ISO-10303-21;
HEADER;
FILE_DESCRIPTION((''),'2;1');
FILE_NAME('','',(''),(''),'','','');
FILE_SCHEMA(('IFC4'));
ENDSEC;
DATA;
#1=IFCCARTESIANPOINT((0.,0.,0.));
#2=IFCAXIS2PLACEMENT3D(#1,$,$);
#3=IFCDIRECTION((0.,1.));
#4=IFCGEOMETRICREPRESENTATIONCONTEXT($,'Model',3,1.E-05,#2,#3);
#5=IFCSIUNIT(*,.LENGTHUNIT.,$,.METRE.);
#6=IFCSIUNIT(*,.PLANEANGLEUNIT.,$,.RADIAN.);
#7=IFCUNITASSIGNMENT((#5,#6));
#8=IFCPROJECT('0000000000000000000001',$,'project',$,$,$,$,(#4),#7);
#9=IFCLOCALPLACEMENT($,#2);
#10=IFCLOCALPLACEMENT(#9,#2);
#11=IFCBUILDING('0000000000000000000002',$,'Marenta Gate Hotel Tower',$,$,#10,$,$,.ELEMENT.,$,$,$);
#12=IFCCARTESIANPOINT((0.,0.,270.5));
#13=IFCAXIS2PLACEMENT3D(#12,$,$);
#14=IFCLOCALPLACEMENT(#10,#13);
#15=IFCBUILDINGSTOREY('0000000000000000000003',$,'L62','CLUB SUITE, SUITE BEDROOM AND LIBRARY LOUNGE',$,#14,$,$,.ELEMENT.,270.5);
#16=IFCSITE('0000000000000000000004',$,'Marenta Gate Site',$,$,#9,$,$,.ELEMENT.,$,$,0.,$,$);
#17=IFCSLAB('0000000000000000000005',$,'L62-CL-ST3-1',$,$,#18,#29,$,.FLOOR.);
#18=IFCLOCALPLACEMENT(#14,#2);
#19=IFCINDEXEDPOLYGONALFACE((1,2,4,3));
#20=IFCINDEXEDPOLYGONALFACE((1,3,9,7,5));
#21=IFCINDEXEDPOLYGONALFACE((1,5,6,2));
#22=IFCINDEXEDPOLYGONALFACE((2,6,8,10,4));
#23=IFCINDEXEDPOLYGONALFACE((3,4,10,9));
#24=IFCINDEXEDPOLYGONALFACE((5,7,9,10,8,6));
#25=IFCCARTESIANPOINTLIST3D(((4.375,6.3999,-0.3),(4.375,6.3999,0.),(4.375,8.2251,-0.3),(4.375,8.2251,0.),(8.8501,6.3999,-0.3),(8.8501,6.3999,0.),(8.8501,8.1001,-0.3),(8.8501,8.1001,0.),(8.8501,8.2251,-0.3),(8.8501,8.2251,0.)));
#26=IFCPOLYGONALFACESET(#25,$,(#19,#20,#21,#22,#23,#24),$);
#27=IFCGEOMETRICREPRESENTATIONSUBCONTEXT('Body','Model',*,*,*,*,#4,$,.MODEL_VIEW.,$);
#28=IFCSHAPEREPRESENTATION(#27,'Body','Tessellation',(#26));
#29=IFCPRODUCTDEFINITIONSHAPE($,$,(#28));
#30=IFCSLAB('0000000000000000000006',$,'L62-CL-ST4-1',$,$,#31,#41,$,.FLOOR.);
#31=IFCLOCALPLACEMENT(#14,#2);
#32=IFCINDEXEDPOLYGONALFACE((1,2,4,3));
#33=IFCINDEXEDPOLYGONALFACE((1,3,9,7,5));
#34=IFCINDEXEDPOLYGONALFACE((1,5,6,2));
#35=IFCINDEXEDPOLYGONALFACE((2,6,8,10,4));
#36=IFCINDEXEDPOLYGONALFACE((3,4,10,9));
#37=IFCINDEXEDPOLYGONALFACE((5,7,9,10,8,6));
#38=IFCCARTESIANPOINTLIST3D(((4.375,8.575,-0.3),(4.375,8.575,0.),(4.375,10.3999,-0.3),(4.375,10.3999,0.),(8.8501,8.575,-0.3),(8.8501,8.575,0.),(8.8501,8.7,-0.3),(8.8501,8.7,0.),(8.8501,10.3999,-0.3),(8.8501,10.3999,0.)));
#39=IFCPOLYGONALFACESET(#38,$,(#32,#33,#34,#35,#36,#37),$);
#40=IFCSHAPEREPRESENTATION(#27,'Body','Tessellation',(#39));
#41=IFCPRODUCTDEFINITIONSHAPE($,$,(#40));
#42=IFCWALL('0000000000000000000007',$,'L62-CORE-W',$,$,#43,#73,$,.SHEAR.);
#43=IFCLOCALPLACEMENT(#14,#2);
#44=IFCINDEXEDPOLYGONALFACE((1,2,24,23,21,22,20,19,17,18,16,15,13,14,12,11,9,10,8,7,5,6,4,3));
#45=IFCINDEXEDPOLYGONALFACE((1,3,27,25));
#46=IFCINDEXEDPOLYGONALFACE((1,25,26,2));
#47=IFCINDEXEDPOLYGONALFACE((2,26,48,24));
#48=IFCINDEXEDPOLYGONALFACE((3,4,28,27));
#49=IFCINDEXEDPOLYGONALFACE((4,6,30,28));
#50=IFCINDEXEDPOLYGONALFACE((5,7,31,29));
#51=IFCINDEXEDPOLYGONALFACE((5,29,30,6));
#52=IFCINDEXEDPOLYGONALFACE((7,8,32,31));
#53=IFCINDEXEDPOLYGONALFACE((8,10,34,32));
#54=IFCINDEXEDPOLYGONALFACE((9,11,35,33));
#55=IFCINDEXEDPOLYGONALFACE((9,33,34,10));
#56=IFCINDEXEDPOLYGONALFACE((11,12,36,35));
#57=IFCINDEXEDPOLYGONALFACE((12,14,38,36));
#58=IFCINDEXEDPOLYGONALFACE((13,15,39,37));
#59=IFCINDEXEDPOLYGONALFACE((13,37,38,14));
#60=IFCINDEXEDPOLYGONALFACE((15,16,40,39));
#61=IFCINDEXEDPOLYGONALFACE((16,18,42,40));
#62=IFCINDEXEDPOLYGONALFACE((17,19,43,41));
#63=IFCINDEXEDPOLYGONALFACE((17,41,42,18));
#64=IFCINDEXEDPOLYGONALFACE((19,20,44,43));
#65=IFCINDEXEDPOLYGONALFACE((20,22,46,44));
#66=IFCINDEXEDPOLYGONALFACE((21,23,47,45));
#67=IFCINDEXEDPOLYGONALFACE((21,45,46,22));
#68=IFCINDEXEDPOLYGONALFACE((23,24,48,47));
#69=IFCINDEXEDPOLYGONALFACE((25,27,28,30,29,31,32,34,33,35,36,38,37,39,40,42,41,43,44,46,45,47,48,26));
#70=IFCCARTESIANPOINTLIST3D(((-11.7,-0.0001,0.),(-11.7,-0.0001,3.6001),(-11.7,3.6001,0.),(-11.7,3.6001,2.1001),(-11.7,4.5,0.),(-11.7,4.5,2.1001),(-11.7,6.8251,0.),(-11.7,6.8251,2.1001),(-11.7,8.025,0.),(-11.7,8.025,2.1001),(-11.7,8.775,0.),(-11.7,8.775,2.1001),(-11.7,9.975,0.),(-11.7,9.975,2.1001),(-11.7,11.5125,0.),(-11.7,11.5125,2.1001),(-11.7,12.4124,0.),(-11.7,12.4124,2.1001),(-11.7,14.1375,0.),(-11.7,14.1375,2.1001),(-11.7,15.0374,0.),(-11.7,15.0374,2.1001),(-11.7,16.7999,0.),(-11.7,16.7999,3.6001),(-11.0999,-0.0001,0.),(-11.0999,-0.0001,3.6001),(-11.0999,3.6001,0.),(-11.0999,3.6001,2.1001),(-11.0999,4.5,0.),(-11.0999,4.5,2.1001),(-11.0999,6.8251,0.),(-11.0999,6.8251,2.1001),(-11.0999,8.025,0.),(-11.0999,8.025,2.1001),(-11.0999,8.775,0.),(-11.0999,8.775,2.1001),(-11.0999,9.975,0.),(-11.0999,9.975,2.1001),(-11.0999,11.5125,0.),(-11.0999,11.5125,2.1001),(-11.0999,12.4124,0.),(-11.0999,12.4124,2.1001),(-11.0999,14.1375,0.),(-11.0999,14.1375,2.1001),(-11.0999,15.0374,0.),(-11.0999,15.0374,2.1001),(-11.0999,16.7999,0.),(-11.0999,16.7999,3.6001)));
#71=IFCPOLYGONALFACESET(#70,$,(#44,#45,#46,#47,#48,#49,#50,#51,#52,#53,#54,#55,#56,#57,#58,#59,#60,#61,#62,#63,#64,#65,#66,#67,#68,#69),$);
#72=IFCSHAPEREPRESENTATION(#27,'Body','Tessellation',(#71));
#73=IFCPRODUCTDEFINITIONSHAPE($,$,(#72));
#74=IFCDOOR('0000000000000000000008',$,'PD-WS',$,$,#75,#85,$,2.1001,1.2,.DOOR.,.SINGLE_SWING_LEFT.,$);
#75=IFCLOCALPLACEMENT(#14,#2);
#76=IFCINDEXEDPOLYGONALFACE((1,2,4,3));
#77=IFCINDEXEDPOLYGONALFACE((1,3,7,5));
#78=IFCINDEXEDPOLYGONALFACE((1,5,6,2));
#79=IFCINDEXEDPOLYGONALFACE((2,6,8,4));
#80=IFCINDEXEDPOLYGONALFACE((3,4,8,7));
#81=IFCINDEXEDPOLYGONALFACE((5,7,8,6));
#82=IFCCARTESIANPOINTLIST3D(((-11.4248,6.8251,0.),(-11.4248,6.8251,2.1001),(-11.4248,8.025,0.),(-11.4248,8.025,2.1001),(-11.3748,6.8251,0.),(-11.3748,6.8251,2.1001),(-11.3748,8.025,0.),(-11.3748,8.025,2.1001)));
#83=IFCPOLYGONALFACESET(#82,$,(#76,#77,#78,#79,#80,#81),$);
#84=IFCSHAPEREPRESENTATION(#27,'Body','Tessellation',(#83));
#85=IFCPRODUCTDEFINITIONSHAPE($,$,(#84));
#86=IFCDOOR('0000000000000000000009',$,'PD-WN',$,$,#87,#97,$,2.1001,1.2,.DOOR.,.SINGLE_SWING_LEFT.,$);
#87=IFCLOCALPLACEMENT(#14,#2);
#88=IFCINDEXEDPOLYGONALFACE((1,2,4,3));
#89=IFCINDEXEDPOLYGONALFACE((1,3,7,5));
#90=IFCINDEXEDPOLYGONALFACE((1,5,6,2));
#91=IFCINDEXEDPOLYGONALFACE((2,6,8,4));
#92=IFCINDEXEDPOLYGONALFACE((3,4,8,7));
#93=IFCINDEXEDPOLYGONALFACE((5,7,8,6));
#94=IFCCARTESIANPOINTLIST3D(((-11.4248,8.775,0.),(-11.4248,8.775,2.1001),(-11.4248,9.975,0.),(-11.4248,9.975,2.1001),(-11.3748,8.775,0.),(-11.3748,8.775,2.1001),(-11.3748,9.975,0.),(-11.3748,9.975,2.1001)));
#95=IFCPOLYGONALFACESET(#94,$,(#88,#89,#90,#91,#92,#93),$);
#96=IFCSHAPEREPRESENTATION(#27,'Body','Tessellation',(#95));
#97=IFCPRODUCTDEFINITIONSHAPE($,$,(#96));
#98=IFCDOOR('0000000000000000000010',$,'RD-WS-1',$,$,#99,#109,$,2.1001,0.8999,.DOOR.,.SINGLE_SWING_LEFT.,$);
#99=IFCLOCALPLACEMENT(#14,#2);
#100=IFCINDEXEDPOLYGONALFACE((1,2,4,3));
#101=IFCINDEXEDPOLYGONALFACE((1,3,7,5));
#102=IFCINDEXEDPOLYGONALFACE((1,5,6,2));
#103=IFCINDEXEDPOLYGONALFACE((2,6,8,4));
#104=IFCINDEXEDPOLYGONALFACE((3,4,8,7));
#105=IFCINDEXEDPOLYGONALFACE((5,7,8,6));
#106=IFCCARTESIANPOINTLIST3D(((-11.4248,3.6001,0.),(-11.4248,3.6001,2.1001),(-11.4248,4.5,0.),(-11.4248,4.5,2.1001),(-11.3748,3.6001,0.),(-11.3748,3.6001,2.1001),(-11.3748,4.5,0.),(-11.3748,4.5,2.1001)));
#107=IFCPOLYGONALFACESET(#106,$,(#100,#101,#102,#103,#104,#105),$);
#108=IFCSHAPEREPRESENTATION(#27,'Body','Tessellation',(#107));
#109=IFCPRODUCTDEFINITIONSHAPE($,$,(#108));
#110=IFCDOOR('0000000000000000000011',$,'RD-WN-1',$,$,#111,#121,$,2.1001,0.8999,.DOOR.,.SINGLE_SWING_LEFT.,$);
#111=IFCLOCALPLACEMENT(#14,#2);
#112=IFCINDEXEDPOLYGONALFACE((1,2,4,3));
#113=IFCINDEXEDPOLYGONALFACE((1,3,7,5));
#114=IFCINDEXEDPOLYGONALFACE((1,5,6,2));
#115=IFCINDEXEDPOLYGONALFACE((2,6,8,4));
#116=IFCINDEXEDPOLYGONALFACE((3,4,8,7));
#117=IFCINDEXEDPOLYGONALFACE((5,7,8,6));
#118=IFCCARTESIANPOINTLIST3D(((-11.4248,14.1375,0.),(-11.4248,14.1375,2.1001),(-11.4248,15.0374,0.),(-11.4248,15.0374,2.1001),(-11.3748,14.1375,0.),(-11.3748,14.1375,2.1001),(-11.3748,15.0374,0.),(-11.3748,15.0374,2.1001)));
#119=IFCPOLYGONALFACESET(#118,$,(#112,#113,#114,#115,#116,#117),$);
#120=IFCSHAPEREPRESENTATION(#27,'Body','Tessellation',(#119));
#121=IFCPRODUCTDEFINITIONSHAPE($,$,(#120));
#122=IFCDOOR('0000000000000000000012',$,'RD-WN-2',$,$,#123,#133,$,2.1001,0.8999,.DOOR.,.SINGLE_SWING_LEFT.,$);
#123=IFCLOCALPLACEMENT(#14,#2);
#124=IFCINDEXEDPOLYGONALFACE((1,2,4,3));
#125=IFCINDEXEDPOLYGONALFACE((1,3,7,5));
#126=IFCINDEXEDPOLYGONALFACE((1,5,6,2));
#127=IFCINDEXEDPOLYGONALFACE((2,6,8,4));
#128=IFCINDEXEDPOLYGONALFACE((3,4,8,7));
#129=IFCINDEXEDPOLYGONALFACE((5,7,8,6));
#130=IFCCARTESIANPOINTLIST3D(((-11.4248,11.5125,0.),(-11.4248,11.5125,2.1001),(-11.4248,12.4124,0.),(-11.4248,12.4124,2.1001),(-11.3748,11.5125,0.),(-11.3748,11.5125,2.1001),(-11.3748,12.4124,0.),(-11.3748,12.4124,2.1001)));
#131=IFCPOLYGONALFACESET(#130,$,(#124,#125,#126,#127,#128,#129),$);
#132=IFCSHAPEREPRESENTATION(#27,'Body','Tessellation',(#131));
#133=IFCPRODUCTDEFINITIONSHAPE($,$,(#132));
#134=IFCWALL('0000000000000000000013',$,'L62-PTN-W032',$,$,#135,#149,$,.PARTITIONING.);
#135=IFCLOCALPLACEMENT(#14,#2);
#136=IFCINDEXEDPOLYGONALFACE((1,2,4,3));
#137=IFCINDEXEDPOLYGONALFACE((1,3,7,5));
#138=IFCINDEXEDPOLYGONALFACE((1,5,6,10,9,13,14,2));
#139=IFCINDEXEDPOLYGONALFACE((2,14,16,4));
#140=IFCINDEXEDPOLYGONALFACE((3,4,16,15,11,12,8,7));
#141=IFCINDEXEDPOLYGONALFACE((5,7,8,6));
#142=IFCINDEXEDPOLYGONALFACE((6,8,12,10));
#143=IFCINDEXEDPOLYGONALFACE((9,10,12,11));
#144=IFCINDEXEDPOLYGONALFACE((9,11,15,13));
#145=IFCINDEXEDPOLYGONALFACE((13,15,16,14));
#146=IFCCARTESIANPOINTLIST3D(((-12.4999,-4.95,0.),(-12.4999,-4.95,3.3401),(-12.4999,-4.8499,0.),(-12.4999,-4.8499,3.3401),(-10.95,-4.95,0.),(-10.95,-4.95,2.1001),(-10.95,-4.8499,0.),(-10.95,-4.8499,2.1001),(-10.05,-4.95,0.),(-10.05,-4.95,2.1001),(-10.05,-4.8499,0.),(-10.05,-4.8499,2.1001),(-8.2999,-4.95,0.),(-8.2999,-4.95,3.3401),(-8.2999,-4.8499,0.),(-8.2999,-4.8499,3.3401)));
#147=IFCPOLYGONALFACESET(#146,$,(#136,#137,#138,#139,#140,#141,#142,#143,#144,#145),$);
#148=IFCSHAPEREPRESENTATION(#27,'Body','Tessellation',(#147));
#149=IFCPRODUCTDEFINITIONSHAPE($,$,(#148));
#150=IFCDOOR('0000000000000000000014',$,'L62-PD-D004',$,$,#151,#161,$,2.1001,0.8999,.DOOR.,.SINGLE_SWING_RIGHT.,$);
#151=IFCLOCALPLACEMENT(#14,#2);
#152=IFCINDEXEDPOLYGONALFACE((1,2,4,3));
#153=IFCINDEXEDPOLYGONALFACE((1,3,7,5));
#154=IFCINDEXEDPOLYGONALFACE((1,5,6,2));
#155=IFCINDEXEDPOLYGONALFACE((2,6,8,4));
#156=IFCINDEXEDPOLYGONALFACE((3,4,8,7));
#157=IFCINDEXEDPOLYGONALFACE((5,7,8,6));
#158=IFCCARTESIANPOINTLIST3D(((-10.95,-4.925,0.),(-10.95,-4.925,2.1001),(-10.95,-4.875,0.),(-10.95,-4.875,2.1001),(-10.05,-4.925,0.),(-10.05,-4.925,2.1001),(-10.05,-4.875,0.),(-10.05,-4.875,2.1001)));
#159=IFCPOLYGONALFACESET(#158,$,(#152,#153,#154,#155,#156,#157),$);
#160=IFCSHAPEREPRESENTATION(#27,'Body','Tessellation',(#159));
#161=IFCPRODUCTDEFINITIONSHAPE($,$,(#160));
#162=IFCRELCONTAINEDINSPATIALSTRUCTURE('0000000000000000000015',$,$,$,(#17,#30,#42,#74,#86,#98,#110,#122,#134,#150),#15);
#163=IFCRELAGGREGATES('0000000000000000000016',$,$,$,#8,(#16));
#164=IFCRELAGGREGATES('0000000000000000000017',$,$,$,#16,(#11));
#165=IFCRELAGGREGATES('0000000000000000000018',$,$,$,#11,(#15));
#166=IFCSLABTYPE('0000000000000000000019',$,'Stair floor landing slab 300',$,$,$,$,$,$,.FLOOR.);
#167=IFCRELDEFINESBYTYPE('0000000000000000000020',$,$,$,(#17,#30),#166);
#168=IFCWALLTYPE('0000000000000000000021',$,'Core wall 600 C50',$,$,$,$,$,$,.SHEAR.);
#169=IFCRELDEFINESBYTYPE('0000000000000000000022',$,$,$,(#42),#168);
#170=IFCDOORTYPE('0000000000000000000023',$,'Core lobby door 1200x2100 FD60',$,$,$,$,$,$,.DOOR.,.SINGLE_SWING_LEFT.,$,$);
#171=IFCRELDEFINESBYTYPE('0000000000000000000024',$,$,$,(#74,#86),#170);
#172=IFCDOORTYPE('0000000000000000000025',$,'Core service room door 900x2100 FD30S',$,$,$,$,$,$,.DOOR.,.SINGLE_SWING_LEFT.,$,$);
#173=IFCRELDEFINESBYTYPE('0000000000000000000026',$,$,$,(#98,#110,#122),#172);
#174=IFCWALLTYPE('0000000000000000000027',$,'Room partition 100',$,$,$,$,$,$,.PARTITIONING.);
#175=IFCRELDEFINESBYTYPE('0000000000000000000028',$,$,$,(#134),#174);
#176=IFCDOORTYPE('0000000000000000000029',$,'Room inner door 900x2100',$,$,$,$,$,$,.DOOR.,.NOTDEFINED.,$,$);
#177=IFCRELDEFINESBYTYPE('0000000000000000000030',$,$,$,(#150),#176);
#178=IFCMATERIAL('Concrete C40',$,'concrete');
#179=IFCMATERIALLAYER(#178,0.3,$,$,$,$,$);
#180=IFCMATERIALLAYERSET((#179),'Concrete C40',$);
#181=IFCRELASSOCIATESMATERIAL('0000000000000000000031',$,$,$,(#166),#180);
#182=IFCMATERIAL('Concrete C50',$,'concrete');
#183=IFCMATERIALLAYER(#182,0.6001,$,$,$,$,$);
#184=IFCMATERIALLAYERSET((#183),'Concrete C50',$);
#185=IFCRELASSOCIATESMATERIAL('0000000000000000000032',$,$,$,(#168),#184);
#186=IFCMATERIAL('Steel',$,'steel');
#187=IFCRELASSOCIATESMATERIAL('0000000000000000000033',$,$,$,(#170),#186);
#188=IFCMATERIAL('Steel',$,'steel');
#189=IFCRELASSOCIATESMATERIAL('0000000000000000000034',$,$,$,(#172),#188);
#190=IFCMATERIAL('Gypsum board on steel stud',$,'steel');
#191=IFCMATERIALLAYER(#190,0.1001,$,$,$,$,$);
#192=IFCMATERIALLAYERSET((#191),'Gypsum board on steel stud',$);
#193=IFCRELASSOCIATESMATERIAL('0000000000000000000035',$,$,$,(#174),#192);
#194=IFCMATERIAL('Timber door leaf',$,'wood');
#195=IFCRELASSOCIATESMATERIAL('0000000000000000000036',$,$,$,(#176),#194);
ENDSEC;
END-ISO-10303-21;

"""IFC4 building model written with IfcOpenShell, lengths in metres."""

from ifc_helpers import new_model, si_unit, direction, frame, frame_2d, origin, place, context, subcontext, project, spatial, polyline, rectangle, outline, extrude, material, layer, layer_set, type_object, element, fill, save


model = new_model("IFC4")

# Units and contexts
model_context = context("Model", 3, precision=1e-05, world=origin(), true_north=direction((0.0, 1.0)))
body_context = subcontext(model_context, "Body", "Model", "MODEL_VIEW")
ifc_project = project(units=[si_unit("LENGTHUNIT", "METRE"), si_unit("PLANEANGLEUNIT", "RADIAN")], contexts=[model_context])

# Site, building, storey
site_placement = place(None, origin())
site = spatial("IfcSite", under=ifc_project, at=site_placement, Name="Marenta Gate Site", CompositionType="ELEMENT", RefElevation=0.0)
building_placement = place(site_placement, origin())
building = spatial("IfcBuilding", under=site, at=building_placement, Name="Marenta Gate Hotel Tower", CompositionType="ELEMENT")
storey_placement = place(building_placement, frame((0.0, 0.0, 270.5)))
storey = spatial("IfcBuildingStorey", under=building, at=storey_placement, Name="L62", Description="CLUB SUITE, SUITE BEDROOM AND LIBRARY LOUNGE", CompositionType="ELEMENT", Elevation=270.5)

# Slabs
ifc_material_1 = material(Name="Concrete C40", Category="concrete")
ifc_layer_1 = layer(ifc_material_1, 0.3)
ifc_layer_set_1 = layer_set([ifc_layer_1], Name="Concrete C40")
slab_type_1 = type_object("IfcSlabType", Name="Stair floor landing slab 300", PredefinedType="FLOOR", material=ifc_layer_set_1)
slab_1_placement = place(storey_placement, frame((0.0, 0.0, -0.3)))
element("IfcSlab", 1, at=slab_1_placement, inside=storey, type_object=slab_type_1, Name="L62-CL-ST3-1", PredefinedType="FLOOR", context=body_context, shape_type="SweptSolid", body=[
    extrude(outline(polyline([(4.375, 6.3999), (4.375, 8.2251), (8.8501, 8.2251), (8.8501, 8.1001), (8.8501, 6.3999), (4.375, 6.3999)])), origin(), (0.0, 0.0, 1.0), 0.3),
])
slab_2_placement = place(storey_placement, frame((0.0, 0.0, -0.3)))
element("IfcSlab", 2, at=slab_2_placement, inside=storey, type_object=slab_type_1, Name="L62-CL-ST4-1", PredefinedType="FLOOR", context=body_context, shape_type="SweptSolid", body=[
    extrude(outline(polyline([(4.375, 8.575), (4.375, 10.3999), (8.8501, 10.3999), (8.8501, 8.7), (8.8501, 8.575), (4.375, 8.575)])), origin(), (0.0, 0.0, 1.0), 0.3),
])

# Wall, openings, doors
ifc_material_2 = material(Name="Concrete C50", Category="concrete")
ifc_layer_2 = layer(ifc_material_2, 0.6001)
ifc_layer_set_2 = layer_set([ifc_layer_2], Name="Concrete C50")
wall_type_1 = type_object("IfcWallType", Name="Core wall 600 C50", PredefinedType="SHEAR", material=ifc_layer_set_2)
wall_1_placement = place(storey_placement, frame((-11.3999, 0.0, 0.0), z_axis=(0.0, 0.0, 1.0), x_axis=(0.0, 1.0, 0.0)))
wall_1 = element("IfcWall", 3, at=wall_1_placement, inside=storey, type_object=wall_type_1, Name="L62-CORE-W", PredefinedType="SHEAR", context=body_context, shape_type="SweptSolid", body=[
    extrude(rectangle(XDim=16.8, YDim=0.6001, at=frame_2d((8.3999, 0.0))), origin(), (0.0, 0.0, 1.0), 3.6001),
])
opening_1_placement = place(wall_1_placement, frame((3.6001, 0.0, 0.0)))
opening_1 = element("IfcOpeningElement", 4, at=opening_1_placement, cuts=wall_1, PredefinedType="OPENING", context=body_context, shape_type="SweptSolid", body=[
    extrude(rectangle(XDim=0.8999, YDim=2.1001, at=frame_2d((0.45, 1.05))), frame((0.0, 0.3, 0.0), z_axis=(0.0, -1.0, 0.0), x_axis=(1.0, 0.0, 0.0)), (0.0, 0.0, 1.0), 0.6001),
])
opening_2_placement = place(wall_1_placement, frame((6.825, 0.0, 0.0)))
opening_2 = element("IfcOpeningElement", 5, at=opening_2_placement, cuts=wall_1, PredefinedType="OPENING", context=body_context, shape_type="SweptSolid", body=[
    extrude(rectangle(XDim=1.2, YDim=2.1001, at=frame_2d((0.6001, 1.05))), frame((0.0, 0.3, 0.0), z_axis=(0.0, -1.0, 0.0), x_axis=(1.0, 0.0, 0.0)), (0.0, 0.0, 1.0), 0.6001),
])
opening_3_placement = place(wall_1_placement, frame((14.1375, 0.0, 0.0)))
opening_3 = element("IfcOpeningElement", 6, at=opening_3_placement, cuts=wall_1, PredefinedType="OPENING", context=body_context, shape_type="SweptSolid", body=[
    extrude(rectangle(XDim=0.8999, YDim=2.1001, at=frame_2d((0.45, 1.05))), frame((0.0, 0.3, 0.0), z_axis=(0.0, -1.0, 0.0), x_axis=(1.0, 0.0, 0.0)), (0.0, 0.0, 1.0), 0.6001),
])
opening_4_placement = place(wall_1_placement, frame((11.5125, 0.0, 0.0)))
opening_4 = element("IfcOpeningElement", 7, at=opening_4_placement, cuts=wall_1, PredefinedType="OPENING", context=body_context, shape_type="SweptSolid", body=[
    extrude(rectangle(XDim=0.8999, YDim=2.1001, at=frame_2d((0.45, 1.05))), frame((0.0, 0.3, 0.0), z_axis=(0.0, -1.0, 0.0), x_axis=(1.0, 0.0, 0.0)), (0.0, 0.0, 1.0), 0.6001),
])
opening_5_placement = place(wall_1_placement, frame((8.7749, 0.0, 0.0)))
opening_5 = element("IfcOpeningElement", 8, at=opening_5_placement, cuts=wall_1, PredefinedType="OPENING", context=body_context, shape_type="SweptSolid", body=[
    extrude(rectangle(XDim=1.2, YDim=2.1001, at=frame_2d((0.6001, 1.05))), frame((0.0, 0.3, 0.0), z_axis=(0.0, -1.0, 0.0), x_axis=(1.0, 0.0, 0.0)), (0.0, 0.0, 1.0), 0.6001),
])
ifc_material_3 = material(Name="Steel", Category="steel")
door_type_1 = type_object("IfcDoorType", Name="Core lobby door 1200x2100 FD60", OperationType="SINGLE_SWING_LEFT", PredefinedType="DOOR", material=ifc_material_3)
door_1_placement = place(opening_2_placement, origin())
door_1 = element("IfcDoor", 9, at=door_1_placement, inside=storey, type_object=door_type_1, Name="PD-WS", OperationType="SINGLE_SWING_LEFT", OverallHeight=2.1001, OverallWidth=1.2, PredefinedType="DOOR", context=body_context, shape_type="SweptSolid", body=[
    extrude(rectangle(XDim=1.2, YDim=2.1001, at=frame_2d((0.6001, 1.05))), frame((0.0, 0.0249, 0.0), z_axis=(0.0, -1.0, 0.0), x_axis=(1.0, 0.0, 0.0)), (0.0, 0.0, 1.0), 0.05),
])
fill(opening_2, door_1)
door_2_placement = place(opening_5_placement, origin())
door_2 = element("IfcDoor", 10, at=door_2_placement, inside=storey, type_object=door_type_1, Name="PD-WN", OperationType="SINGLE_SWING_LEFT", OverallHeight=2.1001, OverallWidth=1.2, PredefinedType="DOOR", context=body_context, shape_type="SweptSolid", body=[
    extrude(rectangle(XDim=1.2, YDim=2.1001, at=frame_2d((0.6001, 1.05))), frame((0.0, 0.0249, 0.0), z_axis=(0.0, -1.0, 0.0), x_axis=(1.0, 0.0, 0.0)), (0.0, 0.0, 1.0), 0.05),
])
fill(opening_5, door_2)
ifc_material_4 = material(Name="Steel", Category="steel")
door_type_2 = type_object("IfcDoorType", Name="Core service room door 900x2100 FD30S", OperationType="SINGLE_SWING_LEFT", PredefinedType="DOOR", material=ifc_material_4)
door_3_placement = place(opening_1_placement, origin())
door_3 = element("IfcDoor", 11, at=door_3_placement, inside=storey, type_object=door_type_2, Name="RD-WS-1", OperationType="SINGLE_SWING_LEFT", OverallHeight=2.1001, OverallWidth=0.8999, PredefinedType="DOOR", context=body_context, shape_type="SweptSolid", body=[
    extrude(rectangle(XDim=0.8999, YDim=2.1001, at=frame_2d((0.45, 1.05))), frame((0.0, 0.0249, 0.0), z_axis=(0.0, -1.0, 0.0), x_axis=(1.0, 0.0, 0.0)), (0.0, 0.0, 1.0), 0.05),
])
fill(opening_1, door_3)
door_4_placement = place(opening_3_placement, origin())
door_4 = element("IfcDoor", 12, at=door_4_placement, inside=storey, type_object=door_type_2, Name="RD-WN-1", OperationType="SINGLE_SWING_LEFT", OverallHeight=2.1001, OverallWidth=0.8999, PredefinedType="DOOR", context=body_context, shape_type="SweptSolid", body=[
    extrude(rectangle(XDim=0.8999, YDim=2.1001, at=frame_2d((0.45, 1.05))), frame((0.0, 0.0249, 0.0), z_axis=(0.0, -1.0, 0.0), x_axis=(1.0, 0.0, 0.0)), (0.0, 0.0, 1.0), 0.05),
])
fill(opening_3, door_4)
door_5_placement = place(opening_4_placement, origin())
door_5 = element("IfcDoor", 13, at=door_5_placement, inside=storey, type_object=door_type_2, Name="RD-WN-2", OperationType="SINGLE_SWING_LEFT", OverallHeight=2.1001, OverallWidth=0.8999, PredefinedType="DOOR", context=body_context, shape_type="SweptSolid", body=[
    extrude(rectangle(XDim=0.8999, YDim=2.1001, at=frame_2d((0.45, 1.05))), frame((0.0, 0.0249, 0.0), z_axis=(0.0, -1.0, 0.0), x_axis=(1.0, 0.0, 0.0)), (0.0, 0.0, 1.0), 0.05),
])
fill(opening_4, door_5)

# Wall, opening, door
ifc_material_5 = material(Name="Gypsum board on steel stud", Category="steel")
ifc_layer_3 = layer(ifc_material_5, 0.1001)
ifc_layer_set_3 = layer_set([ifc_layer_3], Name="Gypsum board on steel stud")
wall_type_2 = type_object("IfcWallType", Name="Room partition 100", PredefinedType="PARTITIONING", material=ifc_layer_set_3)
wall_2_placement = place(storey_placement, frame((-12.5, -4.8999, 0.0), z_axis=(0.0, 0.0, 1.0), x_axis=(1.0, 0.0, 0.0)))
wall_2 = element("IfcWall", 14, at=wall_2_placement, inside=storey, type_object=wall_type_2, Name="L62-PTN-W032", PredefinedType="PARTITIONING", context=body_context, shape_type="SweptSolid", body=[
    extrude(rectangle(XDim=4.2, YDim=0.1001, at=frame_2d((2.1001, 0.0))), origin(), (0.0, 0.0, 1.0), 3.3401),
])
opening_6_placement = place(wall_2_placement, frame((1.55, 0.0, 0.0)))
opening_6 = element("IfcOpeningElement", 15, at=opening_6_placement, cuts=wall_2, PredefinedType="OPENING", context=body_context, shape_type="SweptSolid", body=[
    extrude(rectangle(XDim=0.8999, YDim=2.1001, at=frame_2d((0.45, 1.05))), frame((0.0, 0.05, 0.0), z_axis=(0.0, -1.0, 0.0), x_axis=(1.0, 0.0, 0.0)), (0.0, 0.0, 1.0), 0.1001),
])
ifc_material_6 = material(Name="Timber door leaf", Category="wood")
door_type_3 = type_object("IfcDoorType", Name="Room inner door 900x2100", OperationType="NOTDEFINED", PredefinedType="DOOR", material=ifc_material_6)
door_6_placement = place(opening_6_placement, origin())
door_6 = element("IfcDoor", 16, at=door_6_placement, inside=storey, type_object=door_type_3, Name="L62-PD-D004", OperationType="SINGLE_SWING_RIGHT", OverallHeight=2.1001, OverallWidth=0.8999, PredefinedType="DOOR", context=body_context, shape_type="SweptSolid", body=[
    extrude(rectangle(XDim=0.8999, YDim=2.1001, at=frame_2d((0.45, 1.05))), frame((0.0, 0.0249, 0.0), z_axis=(0.0, -1.0, 0.0), x_axis=(1.0, 0.0, 0.0)), (0.0, 0.0, 1.0), 0.05),
])
fill(opening_6, door_6)

save(model, "model.ifc")
